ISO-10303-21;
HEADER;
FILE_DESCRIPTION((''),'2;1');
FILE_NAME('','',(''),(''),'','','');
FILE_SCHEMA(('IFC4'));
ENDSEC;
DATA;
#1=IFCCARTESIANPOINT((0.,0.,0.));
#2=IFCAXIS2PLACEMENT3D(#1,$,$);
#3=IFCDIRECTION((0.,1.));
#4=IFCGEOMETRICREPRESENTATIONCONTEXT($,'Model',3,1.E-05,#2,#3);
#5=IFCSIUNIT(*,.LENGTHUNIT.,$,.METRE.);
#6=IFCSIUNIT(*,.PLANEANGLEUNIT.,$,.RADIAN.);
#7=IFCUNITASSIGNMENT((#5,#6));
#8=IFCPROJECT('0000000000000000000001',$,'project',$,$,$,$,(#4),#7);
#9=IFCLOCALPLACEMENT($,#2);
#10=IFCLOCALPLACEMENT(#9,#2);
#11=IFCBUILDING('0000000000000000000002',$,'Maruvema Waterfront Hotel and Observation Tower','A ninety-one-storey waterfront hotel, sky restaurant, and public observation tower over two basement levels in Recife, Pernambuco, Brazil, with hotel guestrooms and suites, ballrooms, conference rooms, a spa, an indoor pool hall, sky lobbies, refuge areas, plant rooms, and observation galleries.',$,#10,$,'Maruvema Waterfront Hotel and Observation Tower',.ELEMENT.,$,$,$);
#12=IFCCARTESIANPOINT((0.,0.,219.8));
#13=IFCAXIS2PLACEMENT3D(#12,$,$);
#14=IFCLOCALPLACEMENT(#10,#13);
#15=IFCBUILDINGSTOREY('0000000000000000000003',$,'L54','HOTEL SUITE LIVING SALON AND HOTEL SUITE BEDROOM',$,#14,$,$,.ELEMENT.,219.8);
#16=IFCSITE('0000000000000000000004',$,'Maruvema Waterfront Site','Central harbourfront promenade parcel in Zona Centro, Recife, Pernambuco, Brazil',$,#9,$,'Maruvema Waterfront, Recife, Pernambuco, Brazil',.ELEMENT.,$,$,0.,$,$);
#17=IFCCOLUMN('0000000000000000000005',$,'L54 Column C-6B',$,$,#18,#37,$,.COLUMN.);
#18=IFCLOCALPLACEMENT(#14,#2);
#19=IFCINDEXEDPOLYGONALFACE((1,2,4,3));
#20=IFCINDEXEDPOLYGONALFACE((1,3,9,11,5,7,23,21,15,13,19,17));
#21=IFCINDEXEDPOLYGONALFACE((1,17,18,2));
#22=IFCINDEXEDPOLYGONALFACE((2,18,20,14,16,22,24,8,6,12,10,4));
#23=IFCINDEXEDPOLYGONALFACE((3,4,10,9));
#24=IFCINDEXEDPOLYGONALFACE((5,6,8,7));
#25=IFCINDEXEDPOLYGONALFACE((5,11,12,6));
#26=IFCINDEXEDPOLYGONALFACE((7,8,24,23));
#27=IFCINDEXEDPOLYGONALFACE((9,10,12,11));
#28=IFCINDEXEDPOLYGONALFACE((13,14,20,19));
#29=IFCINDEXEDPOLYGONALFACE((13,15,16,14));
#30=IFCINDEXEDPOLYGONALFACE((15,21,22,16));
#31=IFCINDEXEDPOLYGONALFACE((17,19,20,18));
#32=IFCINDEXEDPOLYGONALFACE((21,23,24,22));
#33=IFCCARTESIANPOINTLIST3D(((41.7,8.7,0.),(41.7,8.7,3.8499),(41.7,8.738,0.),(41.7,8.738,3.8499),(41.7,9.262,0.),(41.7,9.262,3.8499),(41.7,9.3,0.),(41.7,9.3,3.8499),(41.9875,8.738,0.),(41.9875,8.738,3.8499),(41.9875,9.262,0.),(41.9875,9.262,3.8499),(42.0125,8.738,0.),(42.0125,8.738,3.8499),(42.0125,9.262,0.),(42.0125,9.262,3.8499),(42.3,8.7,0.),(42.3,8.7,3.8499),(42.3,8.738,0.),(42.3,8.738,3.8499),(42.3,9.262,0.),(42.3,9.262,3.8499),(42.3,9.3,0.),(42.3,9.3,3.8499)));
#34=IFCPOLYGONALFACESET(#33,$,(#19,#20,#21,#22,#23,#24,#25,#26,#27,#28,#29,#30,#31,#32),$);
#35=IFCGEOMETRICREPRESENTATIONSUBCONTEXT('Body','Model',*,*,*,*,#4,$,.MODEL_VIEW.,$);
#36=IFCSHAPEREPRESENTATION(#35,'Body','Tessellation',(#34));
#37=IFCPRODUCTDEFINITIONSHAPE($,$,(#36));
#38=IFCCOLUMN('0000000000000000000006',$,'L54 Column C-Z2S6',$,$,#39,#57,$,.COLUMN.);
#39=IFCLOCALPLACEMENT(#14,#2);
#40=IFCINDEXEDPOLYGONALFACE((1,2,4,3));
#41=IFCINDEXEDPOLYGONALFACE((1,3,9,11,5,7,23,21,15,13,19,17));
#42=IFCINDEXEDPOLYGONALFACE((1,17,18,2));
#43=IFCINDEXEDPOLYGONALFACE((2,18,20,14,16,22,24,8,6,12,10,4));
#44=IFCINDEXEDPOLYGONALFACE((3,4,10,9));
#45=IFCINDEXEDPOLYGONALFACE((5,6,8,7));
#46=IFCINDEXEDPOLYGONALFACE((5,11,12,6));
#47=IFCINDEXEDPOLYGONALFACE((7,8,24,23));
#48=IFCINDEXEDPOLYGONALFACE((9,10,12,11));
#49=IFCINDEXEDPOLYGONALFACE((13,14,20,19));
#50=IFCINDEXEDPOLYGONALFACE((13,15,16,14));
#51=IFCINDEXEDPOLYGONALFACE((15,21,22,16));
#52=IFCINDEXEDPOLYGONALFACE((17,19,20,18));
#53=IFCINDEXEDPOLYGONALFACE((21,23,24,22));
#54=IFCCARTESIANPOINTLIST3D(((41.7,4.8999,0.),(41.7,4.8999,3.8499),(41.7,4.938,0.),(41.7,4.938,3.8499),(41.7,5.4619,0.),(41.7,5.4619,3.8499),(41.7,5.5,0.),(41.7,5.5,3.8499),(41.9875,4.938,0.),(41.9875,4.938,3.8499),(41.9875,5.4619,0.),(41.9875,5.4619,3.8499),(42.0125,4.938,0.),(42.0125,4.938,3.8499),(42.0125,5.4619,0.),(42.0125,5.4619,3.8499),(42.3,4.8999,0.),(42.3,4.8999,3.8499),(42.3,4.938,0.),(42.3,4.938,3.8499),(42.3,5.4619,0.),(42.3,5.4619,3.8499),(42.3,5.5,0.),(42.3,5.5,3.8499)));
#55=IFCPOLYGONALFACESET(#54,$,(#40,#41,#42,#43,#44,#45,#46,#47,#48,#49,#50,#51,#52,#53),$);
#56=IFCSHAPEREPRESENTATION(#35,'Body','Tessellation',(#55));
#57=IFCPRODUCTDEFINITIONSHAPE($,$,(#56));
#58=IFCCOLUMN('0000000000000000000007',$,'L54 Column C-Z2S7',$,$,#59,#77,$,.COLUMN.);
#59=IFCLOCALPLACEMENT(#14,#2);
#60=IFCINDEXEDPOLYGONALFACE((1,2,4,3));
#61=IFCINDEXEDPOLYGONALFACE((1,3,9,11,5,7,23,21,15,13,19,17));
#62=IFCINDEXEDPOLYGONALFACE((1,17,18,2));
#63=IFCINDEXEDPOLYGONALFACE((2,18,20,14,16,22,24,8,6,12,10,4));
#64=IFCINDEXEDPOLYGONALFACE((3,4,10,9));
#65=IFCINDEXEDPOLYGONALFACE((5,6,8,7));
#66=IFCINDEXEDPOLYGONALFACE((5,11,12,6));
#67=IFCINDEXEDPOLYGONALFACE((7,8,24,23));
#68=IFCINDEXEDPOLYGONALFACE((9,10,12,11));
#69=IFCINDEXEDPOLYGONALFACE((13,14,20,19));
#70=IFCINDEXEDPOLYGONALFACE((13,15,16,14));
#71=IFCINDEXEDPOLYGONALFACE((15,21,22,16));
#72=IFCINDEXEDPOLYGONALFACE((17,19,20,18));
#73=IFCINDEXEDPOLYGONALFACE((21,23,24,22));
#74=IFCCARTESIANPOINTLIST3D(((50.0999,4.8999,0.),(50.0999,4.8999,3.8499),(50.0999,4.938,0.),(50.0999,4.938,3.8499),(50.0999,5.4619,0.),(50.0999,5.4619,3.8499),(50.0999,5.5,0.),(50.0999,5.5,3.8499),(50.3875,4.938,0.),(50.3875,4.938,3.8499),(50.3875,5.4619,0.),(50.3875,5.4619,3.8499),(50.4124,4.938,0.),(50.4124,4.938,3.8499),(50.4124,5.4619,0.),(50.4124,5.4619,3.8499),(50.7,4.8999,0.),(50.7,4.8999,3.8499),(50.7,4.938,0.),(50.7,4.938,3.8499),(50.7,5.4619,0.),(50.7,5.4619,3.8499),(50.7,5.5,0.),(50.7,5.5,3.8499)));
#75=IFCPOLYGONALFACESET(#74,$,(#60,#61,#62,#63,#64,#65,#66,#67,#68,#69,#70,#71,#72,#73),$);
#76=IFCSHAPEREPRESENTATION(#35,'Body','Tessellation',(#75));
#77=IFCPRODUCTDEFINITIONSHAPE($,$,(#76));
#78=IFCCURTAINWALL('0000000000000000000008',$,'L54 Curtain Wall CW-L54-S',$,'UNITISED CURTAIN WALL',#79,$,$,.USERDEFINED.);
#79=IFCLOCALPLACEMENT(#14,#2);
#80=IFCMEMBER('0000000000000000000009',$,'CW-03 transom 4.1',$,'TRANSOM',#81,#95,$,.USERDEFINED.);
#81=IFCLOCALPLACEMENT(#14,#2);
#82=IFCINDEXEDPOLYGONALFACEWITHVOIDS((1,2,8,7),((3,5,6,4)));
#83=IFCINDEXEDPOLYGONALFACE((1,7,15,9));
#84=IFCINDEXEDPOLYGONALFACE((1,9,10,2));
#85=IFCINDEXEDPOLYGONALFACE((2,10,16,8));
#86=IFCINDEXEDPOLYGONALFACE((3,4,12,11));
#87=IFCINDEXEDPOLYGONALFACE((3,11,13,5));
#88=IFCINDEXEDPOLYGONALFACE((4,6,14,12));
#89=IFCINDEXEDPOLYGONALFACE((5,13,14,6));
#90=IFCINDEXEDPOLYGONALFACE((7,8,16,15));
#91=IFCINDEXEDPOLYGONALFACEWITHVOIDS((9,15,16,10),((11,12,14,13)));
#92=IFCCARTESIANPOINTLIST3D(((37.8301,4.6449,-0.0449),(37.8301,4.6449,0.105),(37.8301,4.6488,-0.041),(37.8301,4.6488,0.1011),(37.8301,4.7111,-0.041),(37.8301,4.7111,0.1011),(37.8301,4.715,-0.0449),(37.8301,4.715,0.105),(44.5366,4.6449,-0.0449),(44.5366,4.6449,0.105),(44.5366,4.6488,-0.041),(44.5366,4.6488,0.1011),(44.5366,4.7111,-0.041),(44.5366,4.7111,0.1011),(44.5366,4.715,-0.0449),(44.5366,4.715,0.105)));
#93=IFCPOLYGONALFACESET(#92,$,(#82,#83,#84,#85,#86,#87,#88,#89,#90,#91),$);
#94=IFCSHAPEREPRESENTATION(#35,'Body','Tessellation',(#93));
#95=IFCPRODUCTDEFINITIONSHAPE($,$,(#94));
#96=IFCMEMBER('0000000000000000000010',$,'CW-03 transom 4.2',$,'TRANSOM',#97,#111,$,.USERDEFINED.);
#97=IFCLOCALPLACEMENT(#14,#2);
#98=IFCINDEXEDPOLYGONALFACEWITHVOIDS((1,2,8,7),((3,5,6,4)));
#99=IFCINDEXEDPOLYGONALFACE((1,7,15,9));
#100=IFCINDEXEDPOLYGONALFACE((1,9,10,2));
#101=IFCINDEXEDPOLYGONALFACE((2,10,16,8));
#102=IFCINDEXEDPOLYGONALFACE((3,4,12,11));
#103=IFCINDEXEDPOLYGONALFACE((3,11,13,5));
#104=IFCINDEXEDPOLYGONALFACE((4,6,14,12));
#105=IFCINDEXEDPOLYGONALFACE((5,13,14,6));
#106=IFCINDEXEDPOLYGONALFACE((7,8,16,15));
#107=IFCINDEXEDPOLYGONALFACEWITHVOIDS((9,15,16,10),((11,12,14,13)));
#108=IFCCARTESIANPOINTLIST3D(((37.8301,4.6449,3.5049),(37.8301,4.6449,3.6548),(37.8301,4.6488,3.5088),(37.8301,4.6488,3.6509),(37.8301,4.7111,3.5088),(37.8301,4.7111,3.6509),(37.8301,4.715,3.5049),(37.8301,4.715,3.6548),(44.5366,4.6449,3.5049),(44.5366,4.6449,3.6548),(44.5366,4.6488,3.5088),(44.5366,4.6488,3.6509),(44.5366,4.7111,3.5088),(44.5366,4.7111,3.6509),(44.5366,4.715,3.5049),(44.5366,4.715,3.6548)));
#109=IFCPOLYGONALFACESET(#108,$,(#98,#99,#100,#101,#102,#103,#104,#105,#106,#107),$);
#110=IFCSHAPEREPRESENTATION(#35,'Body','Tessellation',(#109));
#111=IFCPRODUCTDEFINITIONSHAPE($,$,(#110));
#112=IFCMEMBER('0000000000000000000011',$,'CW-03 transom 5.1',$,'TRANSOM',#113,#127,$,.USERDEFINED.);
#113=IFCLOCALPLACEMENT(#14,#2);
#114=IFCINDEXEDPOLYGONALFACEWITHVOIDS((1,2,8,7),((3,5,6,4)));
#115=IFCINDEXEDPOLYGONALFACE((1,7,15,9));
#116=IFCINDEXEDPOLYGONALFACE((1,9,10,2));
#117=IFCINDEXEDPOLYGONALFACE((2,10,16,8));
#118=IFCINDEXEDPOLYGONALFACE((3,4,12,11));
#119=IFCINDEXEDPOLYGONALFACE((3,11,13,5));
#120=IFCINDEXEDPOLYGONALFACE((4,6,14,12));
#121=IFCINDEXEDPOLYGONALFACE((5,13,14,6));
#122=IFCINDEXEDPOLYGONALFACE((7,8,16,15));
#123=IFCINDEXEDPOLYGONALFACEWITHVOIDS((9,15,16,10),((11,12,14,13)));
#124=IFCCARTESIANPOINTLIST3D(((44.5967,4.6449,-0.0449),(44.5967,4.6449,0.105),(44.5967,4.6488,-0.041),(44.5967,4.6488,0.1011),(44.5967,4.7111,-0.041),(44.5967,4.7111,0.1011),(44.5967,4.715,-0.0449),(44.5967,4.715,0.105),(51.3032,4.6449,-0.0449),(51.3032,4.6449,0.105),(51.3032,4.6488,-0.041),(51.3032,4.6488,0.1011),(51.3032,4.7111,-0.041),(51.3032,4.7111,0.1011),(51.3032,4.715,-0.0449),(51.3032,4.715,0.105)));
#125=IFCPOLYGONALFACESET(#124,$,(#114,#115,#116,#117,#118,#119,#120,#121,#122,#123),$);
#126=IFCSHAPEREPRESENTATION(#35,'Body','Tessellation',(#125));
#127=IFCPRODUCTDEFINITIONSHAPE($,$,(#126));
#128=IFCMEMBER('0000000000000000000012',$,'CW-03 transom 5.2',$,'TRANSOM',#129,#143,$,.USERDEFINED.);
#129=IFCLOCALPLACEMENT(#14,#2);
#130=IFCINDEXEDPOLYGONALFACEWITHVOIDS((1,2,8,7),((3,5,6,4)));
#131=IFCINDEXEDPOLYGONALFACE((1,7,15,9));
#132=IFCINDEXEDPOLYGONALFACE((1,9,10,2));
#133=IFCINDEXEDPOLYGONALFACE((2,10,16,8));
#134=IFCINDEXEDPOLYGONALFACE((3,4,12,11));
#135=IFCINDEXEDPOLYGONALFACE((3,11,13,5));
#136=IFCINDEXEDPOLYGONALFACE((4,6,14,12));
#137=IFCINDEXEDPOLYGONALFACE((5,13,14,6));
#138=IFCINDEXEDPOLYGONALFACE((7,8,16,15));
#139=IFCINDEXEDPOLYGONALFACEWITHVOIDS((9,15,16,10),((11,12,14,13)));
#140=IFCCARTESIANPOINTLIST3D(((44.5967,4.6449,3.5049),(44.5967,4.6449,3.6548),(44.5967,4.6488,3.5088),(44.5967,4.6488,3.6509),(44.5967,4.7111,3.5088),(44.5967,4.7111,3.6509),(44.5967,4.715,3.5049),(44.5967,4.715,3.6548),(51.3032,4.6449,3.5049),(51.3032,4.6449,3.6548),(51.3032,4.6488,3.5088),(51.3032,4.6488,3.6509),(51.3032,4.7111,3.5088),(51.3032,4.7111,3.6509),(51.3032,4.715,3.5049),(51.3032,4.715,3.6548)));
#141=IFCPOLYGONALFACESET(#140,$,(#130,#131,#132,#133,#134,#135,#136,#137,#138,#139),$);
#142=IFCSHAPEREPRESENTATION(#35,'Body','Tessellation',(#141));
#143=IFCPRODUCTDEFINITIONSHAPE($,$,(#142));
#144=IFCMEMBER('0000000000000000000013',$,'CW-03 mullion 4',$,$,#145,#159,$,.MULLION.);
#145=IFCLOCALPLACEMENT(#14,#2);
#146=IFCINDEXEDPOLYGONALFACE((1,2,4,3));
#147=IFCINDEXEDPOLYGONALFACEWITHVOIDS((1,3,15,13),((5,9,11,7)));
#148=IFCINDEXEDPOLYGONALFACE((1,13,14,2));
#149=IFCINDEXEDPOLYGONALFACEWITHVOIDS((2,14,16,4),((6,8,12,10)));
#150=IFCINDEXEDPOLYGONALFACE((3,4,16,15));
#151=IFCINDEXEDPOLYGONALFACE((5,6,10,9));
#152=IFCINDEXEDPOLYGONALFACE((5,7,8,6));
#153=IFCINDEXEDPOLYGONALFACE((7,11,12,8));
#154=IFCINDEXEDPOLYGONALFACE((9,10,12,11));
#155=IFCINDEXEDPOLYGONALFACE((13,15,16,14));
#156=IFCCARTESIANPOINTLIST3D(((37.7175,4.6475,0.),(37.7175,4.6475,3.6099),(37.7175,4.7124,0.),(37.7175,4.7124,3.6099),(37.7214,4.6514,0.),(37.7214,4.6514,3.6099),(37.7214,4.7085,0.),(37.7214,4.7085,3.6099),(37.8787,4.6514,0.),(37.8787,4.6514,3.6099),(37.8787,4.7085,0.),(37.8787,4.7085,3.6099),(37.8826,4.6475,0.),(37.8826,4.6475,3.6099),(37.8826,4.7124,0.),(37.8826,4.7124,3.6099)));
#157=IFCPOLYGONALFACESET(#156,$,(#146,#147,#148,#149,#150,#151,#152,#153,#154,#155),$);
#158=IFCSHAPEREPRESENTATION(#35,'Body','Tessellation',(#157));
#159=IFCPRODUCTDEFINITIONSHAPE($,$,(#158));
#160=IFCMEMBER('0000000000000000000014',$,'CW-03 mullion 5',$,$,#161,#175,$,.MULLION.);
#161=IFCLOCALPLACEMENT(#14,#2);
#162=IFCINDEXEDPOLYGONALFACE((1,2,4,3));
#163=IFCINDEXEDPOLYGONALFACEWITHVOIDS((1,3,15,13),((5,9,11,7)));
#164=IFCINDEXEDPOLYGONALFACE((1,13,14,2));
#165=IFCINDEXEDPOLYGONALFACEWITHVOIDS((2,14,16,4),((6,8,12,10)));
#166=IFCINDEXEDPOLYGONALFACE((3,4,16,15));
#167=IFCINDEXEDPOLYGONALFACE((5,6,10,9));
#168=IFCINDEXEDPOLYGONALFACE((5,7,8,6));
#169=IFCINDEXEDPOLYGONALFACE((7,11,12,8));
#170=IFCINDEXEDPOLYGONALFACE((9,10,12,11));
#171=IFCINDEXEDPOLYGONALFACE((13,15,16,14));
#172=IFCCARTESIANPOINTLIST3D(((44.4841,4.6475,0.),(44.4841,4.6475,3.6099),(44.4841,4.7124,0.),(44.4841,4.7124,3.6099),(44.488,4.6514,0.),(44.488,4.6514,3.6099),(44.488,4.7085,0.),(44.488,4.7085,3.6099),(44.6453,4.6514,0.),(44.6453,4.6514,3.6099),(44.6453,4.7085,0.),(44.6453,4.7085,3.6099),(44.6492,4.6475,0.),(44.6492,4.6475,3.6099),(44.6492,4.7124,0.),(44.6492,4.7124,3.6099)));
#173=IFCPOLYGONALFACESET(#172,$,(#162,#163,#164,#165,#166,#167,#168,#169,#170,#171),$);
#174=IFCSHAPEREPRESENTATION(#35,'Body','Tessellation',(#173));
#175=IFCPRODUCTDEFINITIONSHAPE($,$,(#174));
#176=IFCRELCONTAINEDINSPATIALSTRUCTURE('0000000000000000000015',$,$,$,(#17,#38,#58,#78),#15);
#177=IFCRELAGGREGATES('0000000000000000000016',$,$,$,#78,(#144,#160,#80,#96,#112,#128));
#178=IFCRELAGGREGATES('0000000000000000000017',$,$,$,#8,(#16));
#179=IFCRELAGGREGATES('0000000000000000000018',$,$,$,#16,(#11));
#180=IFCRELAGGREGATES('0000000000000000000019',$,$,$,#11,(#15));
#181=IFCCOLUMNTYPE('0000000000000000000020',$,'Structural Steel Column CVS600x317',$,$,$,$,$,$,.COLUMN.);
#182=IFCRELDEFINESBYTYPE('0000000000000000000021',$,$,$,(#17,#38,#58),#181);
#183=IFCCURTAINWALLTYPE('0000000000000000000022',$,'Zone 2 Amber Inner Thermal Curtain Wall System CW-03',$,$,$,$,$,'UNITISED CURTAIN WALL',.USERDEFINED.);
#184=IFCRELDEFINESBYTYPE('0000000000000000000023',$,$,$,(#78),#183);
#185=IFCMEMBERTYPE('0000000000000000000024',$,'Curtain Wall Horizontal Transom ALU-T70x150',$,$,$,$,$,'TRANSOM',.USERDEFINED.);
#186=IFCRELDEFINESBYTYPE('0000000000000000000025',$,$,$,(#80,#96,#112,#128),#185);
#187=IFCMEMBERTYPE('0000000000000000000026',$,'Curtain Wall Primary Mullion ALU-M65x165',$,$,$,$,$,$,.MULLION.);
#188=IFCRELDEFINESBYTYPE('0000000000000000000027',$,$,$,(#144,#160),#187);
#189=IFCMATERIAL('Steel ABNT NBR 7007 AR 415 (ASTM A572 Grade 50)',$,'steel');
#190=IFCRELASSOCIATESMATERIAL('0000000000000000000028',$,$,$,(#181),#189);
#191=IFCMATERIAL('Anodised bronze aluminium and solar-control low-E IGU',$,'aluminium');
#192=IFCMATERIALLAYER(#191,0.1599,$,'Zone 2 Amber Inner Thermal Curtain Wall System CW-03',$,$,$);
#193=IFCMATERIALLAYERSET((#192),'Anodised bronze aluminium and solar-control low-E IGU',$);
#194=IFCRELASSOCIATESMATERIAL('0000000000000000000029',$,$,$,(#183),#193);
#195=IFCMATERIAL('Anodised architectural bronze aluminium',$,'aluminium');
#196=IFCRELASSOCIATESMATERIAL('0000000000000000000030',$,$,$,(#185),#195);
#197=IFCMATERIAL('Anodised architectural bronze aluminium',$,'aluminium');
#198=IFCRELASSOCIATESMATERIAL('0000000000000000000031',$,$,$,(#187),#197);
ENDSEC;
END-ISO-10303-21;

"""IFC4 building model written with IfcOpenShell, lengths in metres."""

from ifc_helpers import new_model, si_unit, direction, frame, origin, origin_2d, place, context, subcontext, project, spatial, hollow_rectangle, i_section, extrude, material, layer, layer_set, material_profile, profile_set, type_object, element, aggregate, save


model = new_model("IFC4")

# Units and contexts
model_context = context("Model", 3, precision=1e-05, world=origin(), true_north=direction((0.0, 1.0)))
body_context = subcontext(model_context, "Body", "Model", "MODEL_VIEW")
ifc_project = project(units=[si_unit("LENGTHUNIT", "METRE"), si_unit("PLANEANGLEUNIT", "RADIAN")], contexts=[model_context])

# Site, building, storey
site_placement = place(None, origin())
site = spatial("IfcSite", under=ifc_project, at=site_placement, Name="Maruvema Waterfront Site", Description="Central harbourfront promenade parcel in Zona Centro, Recife, Pernambuco, Brazil", LongName="Maruvema Waterfront, Recife, Pernambuco, Brazil", CompositionType="ELEMENT", RefElevation=0.0)
building_placement = place(site_placement, origin())
building = spatial("IfcBuilding", under=site, at=building_placement, Name="Maruvema Waterfront Hotel and Observation Tower", Description="A ninety-one-storey waterfront hotel, sky restaurant, and public observation tower over two basement levels in Recife, Pernambuco, Brazil, with hotel guestrooms and suites, ballrooms, conference rooms, a spa, an indoor pool hall, sky lobbies, refuge areas, plant rooms, and observation galleries.", LongName="Maruvema Waterfront Hotel and Observation Tower", CompositionType="ELEMENT")
storey_placement = place(building_placement, frame((0.0, 0.0, 219.8)))
storey = spatial("IfcBuildingStorey", under=building, at=storey_placement, Name="L54", Description="HOTEL SUITE LIVING SALON AND HOTEL SUITE BEDROOM", CompositionType="ELEMENT", Elevation=219.8)

# Columns
ifc_material_1 = material(Name="Steel ABNT NBR 7007 AR 415 (ASTM A572 Grade 50)", Category="steel")
ifc_material_profile_1 = material_profile(ifc_material_1, i_section(OverallWidth=0.6001, OverallDepth=0.6001, WebThickness=0.0249, FlangeThickness=0.0381, at=origin_2d()), Name="CVS600x317")
ifc_profile_set_1 = profile_set([ifc_material_profile_1], Name="Steel ABNT NBR 7007 AR 415 (ASTM A572 Grade 50)")
column_type = type_object("IfcColumnType", Name="Structural Steel Column CVS600x317", PredefinedType="COLUMN", material=ifc_profile_set_1)
for number, where, z_axis, x_axis, name in (
    (1, (42.0, 9.0, 0.0), (0.0, 0.0, 1.0), (1.0, 0.0, 0.0), "L54 Column C-6B"),
    (2, (42.0, 5.2, 0.0), (0.0, 0.0, 1.0), (1.0, 0.0, 0.0), "L54 Column C-Z2S6"),
    (3, (50.3999, 5.2, 0.0), (0.0, 0.0, 1.0), (1.0, 0.0, 0.0), "L54 Column C-Z2S7"),
):
    element("IfcColumn", number, at=place(storey_placement, frame(where, z_axis=z_axis, x_axis=x_axis)), inside=storey, type_object=column_type, Name=name, PredefinedType="COLUMN", context=body_context, shape_type="SweptSolid", body=[
        extrude(i_section(OverallWidth=0.6001, OverallDepth=0.6001, WebThickness=0.0249, FlangeThickness=0.0381, at=origin_2d()), origin(), (0.0, 0.0, 1.0), 3.8499),
    ])

# Curtain wall, members
ifc_material_2 = material(Name="Anodised bronze aluminium and solar-control low-E IGU", Category="aluminium")
ifc_layer_1 = layer(ifc_material_2, 0.1599, Name="Zone 2 Amber Inner Thermal Curtain Wall System CW-03")
ifc_layer_set_1 = layer_set([ifc_layer_1], Name="Anodised bronze aluminium and solar-control low-E IGU")
curtain_wall_type = type_object("IfcCurtainWallType", Name="Zone 2 Amber Inner Thermal Curtain Wall System CW-03", ElementType="UNITISED CURTAIN WALL", PredefinedType="USERDEFINED", material=ifc_layer_set_1)
curtain_wall_placement = place(storey_placement, origin())
curtain_wall = element("IfcCurtainWall", 4, at=curtain_wall_placement, inside=storey, type_object=curtain_wall_type, Name="L54 Curtain Wall CW-L54-S", ObjectType="UNITISED CURTAIN WALL", PredefinedType="USERDEFINED")
ifc_material_3 = material(Name="Anodised architectural bronze aluminium", Category="aluminium")
ifc_material_profile_2 = material_profile(ifc_material_3, hollow_rectangle(XDim=0.0701, YDim=0.1499, WallThickness=0.0039, at=origin_2d()), Name="ALU-T70x150")
ifc_profile_set_2 = profile_set([ifc_material_profile_2], Name="Anodised architectural bronze aluminium")
member_type_1 = type_object("IfcMemberType", Name="Curtain Wall Horizontal Transom ALU-T70x150", ElementType="TRANSOM", PredefinedType="USERDEFINED", material=ifc_profile_set_2)
member_1_placement = place(storey_placement, frame((37.8301, 4.6799, 0.03), z_axis=(1.0, 0.0, 0.0), x_axis=(0.0, 1.0, 0.0)))
member_1 = element("IfcMember", 5, at=member_1_placement, type_object=member_type_1, Name="CW-03 transom 4.1", ObjectType="TRANSOM", PredefinedType="USERDEFINED", context=body_context, shape_type="SweptSolid", body=[
    extrude(hollow_rectangle(XDim=0.0701, YDim=0.1499, WallThickness=0.0039, at=origin_2d()), origin(), (0.0, 0.0, 1.0), 6.7065),
])
member_2_placement = place(storey_placement, frame((37.8301, 4.6799, 3.5798), z_axis=(1.0, 0.0, 0.0), x_axis=(0.0, 1.0, 0.0)))
member_2 = element("IfcMember", 6, at=member_2_placement, type_object=member_type_1, Name="CW-03 transom 4.2", ObjectType="TRANSOM", PredefinedType="USERDEFINED", context=body_context, shape_type="SweptSolid", body=[
    extrude(hollow_rectangle(XDim=0.0701, YDim=0.1499, WallThickness=0.0039, at=origin_2d()), origin(), (0.0, 0.0, 1.0), 6.7065),
])
member_3_placement = place(storey_placement, frame((44.5967, 4.6799, 0.03), z_axis=(1.0, 0.0, 0.0), x_axis=(0.0, 1.0, 0.0)))
member_3 = element("IfcMember", 7, at=member_3_placement, type_object=member_type_1, Name="CW-03 transom 5.1", ObjectType="TRANSOM", PredefinedType="USERDEFINED", context=body_context, shape_type="SweptSolid", body=[
    extrude(hollow_rectangle(XDim=0.0701, YDim=0.1499, WallThickness=0.0039, at=origin_2d()), origin(), (0.0, 0.0, 1.0), 6.7065),
])
member_4_placement = place(storey_placement, frame((44.5967, 4.6799, 3.5798), z_axis=(1.0, 0.0, 0.0), x_axis=(0.0, 1.0, 0.0)))
member_4 = element("IfcMember", 8, at=member_4_placement, type_object=member_type_1, Name="CW-03 transom 5.2", ObjectType="TRANSOM", PredefinedType="USERDEFINED", context=body_context, shape_type="SweptSolid", body=[
    extrude(hollow_rectangle(XDim=0.0701, YDim=0.1499, WallThickness=0.0039, at=origin_2d()), origin(), (0.0, 0.0, 1.0), 6.7065),
])
ifc_material_4 = material(Name="Anodised architectural bronze aluminium", Category="aluminium")
ifc_material_profile_3 = material_profile(ifc_material_4, hollow_rectangle(XDim=0.0649, YDim=0.165, WallThickness=0.0039, at=origin_2d()), Name="ALU-M65x165")
ifc_profile_set_3 = profile_set([ifc_material_profile_3], Name="Anodised architectural bronze aluminium")
member_type_2 = type_object("IfcMemberType", Name="Curtain Wall Primary Mullion ALU-M65x165", PredefinedType="MULLION", material=ifc_profile_set_3)
member_5_placement = place(storey_placement, frame((37.8, 4.6799, 0.0), z_axis=(0.0, 0.0, 1.0), x_axis=(0.0, 1.0, 0.0)))
member_5 = element("IfcMember", 9, at=member_5_placement, type_object=member_type_2, Name="CW-03 mullion 4", PredefinedType="MULLION", context=body_context, shape_type="SweptSolid", body=[
    extrude(hollow_rectangle(XDim=0.0649, YDim=0.165, WallThickness=0.0039, at=origin_2d()), origin(), (0.0, 0.0, 1.0), 3.6099),
])
member_6_placement = place(storey_placement, frame((44.5667, 4.6799, 0.0), z_axis=(0.0, 0.0, 1.0), x_axis=(0.0, 1.0, 0.0)))
member_6 = element("IfcMember", 10, at=member_6_placement, type_object=member_type_2, Name="CW-03 mullion 5", PredefinedType="MULLION", context=body_context, shape_type="SweptSolid", body=[
    extrude(hollow_rectangle(XDim=0.0649, YDim=0.165, WallThickness=0.0039, at=origin_2d()), origin(), (0.0, 0.0, 1.0), 3.6099),
])

aggregate(curtain_wall, [member_5, member_6, member_1, member_2, member_3, member_4])

save(model, "model.ifc")
